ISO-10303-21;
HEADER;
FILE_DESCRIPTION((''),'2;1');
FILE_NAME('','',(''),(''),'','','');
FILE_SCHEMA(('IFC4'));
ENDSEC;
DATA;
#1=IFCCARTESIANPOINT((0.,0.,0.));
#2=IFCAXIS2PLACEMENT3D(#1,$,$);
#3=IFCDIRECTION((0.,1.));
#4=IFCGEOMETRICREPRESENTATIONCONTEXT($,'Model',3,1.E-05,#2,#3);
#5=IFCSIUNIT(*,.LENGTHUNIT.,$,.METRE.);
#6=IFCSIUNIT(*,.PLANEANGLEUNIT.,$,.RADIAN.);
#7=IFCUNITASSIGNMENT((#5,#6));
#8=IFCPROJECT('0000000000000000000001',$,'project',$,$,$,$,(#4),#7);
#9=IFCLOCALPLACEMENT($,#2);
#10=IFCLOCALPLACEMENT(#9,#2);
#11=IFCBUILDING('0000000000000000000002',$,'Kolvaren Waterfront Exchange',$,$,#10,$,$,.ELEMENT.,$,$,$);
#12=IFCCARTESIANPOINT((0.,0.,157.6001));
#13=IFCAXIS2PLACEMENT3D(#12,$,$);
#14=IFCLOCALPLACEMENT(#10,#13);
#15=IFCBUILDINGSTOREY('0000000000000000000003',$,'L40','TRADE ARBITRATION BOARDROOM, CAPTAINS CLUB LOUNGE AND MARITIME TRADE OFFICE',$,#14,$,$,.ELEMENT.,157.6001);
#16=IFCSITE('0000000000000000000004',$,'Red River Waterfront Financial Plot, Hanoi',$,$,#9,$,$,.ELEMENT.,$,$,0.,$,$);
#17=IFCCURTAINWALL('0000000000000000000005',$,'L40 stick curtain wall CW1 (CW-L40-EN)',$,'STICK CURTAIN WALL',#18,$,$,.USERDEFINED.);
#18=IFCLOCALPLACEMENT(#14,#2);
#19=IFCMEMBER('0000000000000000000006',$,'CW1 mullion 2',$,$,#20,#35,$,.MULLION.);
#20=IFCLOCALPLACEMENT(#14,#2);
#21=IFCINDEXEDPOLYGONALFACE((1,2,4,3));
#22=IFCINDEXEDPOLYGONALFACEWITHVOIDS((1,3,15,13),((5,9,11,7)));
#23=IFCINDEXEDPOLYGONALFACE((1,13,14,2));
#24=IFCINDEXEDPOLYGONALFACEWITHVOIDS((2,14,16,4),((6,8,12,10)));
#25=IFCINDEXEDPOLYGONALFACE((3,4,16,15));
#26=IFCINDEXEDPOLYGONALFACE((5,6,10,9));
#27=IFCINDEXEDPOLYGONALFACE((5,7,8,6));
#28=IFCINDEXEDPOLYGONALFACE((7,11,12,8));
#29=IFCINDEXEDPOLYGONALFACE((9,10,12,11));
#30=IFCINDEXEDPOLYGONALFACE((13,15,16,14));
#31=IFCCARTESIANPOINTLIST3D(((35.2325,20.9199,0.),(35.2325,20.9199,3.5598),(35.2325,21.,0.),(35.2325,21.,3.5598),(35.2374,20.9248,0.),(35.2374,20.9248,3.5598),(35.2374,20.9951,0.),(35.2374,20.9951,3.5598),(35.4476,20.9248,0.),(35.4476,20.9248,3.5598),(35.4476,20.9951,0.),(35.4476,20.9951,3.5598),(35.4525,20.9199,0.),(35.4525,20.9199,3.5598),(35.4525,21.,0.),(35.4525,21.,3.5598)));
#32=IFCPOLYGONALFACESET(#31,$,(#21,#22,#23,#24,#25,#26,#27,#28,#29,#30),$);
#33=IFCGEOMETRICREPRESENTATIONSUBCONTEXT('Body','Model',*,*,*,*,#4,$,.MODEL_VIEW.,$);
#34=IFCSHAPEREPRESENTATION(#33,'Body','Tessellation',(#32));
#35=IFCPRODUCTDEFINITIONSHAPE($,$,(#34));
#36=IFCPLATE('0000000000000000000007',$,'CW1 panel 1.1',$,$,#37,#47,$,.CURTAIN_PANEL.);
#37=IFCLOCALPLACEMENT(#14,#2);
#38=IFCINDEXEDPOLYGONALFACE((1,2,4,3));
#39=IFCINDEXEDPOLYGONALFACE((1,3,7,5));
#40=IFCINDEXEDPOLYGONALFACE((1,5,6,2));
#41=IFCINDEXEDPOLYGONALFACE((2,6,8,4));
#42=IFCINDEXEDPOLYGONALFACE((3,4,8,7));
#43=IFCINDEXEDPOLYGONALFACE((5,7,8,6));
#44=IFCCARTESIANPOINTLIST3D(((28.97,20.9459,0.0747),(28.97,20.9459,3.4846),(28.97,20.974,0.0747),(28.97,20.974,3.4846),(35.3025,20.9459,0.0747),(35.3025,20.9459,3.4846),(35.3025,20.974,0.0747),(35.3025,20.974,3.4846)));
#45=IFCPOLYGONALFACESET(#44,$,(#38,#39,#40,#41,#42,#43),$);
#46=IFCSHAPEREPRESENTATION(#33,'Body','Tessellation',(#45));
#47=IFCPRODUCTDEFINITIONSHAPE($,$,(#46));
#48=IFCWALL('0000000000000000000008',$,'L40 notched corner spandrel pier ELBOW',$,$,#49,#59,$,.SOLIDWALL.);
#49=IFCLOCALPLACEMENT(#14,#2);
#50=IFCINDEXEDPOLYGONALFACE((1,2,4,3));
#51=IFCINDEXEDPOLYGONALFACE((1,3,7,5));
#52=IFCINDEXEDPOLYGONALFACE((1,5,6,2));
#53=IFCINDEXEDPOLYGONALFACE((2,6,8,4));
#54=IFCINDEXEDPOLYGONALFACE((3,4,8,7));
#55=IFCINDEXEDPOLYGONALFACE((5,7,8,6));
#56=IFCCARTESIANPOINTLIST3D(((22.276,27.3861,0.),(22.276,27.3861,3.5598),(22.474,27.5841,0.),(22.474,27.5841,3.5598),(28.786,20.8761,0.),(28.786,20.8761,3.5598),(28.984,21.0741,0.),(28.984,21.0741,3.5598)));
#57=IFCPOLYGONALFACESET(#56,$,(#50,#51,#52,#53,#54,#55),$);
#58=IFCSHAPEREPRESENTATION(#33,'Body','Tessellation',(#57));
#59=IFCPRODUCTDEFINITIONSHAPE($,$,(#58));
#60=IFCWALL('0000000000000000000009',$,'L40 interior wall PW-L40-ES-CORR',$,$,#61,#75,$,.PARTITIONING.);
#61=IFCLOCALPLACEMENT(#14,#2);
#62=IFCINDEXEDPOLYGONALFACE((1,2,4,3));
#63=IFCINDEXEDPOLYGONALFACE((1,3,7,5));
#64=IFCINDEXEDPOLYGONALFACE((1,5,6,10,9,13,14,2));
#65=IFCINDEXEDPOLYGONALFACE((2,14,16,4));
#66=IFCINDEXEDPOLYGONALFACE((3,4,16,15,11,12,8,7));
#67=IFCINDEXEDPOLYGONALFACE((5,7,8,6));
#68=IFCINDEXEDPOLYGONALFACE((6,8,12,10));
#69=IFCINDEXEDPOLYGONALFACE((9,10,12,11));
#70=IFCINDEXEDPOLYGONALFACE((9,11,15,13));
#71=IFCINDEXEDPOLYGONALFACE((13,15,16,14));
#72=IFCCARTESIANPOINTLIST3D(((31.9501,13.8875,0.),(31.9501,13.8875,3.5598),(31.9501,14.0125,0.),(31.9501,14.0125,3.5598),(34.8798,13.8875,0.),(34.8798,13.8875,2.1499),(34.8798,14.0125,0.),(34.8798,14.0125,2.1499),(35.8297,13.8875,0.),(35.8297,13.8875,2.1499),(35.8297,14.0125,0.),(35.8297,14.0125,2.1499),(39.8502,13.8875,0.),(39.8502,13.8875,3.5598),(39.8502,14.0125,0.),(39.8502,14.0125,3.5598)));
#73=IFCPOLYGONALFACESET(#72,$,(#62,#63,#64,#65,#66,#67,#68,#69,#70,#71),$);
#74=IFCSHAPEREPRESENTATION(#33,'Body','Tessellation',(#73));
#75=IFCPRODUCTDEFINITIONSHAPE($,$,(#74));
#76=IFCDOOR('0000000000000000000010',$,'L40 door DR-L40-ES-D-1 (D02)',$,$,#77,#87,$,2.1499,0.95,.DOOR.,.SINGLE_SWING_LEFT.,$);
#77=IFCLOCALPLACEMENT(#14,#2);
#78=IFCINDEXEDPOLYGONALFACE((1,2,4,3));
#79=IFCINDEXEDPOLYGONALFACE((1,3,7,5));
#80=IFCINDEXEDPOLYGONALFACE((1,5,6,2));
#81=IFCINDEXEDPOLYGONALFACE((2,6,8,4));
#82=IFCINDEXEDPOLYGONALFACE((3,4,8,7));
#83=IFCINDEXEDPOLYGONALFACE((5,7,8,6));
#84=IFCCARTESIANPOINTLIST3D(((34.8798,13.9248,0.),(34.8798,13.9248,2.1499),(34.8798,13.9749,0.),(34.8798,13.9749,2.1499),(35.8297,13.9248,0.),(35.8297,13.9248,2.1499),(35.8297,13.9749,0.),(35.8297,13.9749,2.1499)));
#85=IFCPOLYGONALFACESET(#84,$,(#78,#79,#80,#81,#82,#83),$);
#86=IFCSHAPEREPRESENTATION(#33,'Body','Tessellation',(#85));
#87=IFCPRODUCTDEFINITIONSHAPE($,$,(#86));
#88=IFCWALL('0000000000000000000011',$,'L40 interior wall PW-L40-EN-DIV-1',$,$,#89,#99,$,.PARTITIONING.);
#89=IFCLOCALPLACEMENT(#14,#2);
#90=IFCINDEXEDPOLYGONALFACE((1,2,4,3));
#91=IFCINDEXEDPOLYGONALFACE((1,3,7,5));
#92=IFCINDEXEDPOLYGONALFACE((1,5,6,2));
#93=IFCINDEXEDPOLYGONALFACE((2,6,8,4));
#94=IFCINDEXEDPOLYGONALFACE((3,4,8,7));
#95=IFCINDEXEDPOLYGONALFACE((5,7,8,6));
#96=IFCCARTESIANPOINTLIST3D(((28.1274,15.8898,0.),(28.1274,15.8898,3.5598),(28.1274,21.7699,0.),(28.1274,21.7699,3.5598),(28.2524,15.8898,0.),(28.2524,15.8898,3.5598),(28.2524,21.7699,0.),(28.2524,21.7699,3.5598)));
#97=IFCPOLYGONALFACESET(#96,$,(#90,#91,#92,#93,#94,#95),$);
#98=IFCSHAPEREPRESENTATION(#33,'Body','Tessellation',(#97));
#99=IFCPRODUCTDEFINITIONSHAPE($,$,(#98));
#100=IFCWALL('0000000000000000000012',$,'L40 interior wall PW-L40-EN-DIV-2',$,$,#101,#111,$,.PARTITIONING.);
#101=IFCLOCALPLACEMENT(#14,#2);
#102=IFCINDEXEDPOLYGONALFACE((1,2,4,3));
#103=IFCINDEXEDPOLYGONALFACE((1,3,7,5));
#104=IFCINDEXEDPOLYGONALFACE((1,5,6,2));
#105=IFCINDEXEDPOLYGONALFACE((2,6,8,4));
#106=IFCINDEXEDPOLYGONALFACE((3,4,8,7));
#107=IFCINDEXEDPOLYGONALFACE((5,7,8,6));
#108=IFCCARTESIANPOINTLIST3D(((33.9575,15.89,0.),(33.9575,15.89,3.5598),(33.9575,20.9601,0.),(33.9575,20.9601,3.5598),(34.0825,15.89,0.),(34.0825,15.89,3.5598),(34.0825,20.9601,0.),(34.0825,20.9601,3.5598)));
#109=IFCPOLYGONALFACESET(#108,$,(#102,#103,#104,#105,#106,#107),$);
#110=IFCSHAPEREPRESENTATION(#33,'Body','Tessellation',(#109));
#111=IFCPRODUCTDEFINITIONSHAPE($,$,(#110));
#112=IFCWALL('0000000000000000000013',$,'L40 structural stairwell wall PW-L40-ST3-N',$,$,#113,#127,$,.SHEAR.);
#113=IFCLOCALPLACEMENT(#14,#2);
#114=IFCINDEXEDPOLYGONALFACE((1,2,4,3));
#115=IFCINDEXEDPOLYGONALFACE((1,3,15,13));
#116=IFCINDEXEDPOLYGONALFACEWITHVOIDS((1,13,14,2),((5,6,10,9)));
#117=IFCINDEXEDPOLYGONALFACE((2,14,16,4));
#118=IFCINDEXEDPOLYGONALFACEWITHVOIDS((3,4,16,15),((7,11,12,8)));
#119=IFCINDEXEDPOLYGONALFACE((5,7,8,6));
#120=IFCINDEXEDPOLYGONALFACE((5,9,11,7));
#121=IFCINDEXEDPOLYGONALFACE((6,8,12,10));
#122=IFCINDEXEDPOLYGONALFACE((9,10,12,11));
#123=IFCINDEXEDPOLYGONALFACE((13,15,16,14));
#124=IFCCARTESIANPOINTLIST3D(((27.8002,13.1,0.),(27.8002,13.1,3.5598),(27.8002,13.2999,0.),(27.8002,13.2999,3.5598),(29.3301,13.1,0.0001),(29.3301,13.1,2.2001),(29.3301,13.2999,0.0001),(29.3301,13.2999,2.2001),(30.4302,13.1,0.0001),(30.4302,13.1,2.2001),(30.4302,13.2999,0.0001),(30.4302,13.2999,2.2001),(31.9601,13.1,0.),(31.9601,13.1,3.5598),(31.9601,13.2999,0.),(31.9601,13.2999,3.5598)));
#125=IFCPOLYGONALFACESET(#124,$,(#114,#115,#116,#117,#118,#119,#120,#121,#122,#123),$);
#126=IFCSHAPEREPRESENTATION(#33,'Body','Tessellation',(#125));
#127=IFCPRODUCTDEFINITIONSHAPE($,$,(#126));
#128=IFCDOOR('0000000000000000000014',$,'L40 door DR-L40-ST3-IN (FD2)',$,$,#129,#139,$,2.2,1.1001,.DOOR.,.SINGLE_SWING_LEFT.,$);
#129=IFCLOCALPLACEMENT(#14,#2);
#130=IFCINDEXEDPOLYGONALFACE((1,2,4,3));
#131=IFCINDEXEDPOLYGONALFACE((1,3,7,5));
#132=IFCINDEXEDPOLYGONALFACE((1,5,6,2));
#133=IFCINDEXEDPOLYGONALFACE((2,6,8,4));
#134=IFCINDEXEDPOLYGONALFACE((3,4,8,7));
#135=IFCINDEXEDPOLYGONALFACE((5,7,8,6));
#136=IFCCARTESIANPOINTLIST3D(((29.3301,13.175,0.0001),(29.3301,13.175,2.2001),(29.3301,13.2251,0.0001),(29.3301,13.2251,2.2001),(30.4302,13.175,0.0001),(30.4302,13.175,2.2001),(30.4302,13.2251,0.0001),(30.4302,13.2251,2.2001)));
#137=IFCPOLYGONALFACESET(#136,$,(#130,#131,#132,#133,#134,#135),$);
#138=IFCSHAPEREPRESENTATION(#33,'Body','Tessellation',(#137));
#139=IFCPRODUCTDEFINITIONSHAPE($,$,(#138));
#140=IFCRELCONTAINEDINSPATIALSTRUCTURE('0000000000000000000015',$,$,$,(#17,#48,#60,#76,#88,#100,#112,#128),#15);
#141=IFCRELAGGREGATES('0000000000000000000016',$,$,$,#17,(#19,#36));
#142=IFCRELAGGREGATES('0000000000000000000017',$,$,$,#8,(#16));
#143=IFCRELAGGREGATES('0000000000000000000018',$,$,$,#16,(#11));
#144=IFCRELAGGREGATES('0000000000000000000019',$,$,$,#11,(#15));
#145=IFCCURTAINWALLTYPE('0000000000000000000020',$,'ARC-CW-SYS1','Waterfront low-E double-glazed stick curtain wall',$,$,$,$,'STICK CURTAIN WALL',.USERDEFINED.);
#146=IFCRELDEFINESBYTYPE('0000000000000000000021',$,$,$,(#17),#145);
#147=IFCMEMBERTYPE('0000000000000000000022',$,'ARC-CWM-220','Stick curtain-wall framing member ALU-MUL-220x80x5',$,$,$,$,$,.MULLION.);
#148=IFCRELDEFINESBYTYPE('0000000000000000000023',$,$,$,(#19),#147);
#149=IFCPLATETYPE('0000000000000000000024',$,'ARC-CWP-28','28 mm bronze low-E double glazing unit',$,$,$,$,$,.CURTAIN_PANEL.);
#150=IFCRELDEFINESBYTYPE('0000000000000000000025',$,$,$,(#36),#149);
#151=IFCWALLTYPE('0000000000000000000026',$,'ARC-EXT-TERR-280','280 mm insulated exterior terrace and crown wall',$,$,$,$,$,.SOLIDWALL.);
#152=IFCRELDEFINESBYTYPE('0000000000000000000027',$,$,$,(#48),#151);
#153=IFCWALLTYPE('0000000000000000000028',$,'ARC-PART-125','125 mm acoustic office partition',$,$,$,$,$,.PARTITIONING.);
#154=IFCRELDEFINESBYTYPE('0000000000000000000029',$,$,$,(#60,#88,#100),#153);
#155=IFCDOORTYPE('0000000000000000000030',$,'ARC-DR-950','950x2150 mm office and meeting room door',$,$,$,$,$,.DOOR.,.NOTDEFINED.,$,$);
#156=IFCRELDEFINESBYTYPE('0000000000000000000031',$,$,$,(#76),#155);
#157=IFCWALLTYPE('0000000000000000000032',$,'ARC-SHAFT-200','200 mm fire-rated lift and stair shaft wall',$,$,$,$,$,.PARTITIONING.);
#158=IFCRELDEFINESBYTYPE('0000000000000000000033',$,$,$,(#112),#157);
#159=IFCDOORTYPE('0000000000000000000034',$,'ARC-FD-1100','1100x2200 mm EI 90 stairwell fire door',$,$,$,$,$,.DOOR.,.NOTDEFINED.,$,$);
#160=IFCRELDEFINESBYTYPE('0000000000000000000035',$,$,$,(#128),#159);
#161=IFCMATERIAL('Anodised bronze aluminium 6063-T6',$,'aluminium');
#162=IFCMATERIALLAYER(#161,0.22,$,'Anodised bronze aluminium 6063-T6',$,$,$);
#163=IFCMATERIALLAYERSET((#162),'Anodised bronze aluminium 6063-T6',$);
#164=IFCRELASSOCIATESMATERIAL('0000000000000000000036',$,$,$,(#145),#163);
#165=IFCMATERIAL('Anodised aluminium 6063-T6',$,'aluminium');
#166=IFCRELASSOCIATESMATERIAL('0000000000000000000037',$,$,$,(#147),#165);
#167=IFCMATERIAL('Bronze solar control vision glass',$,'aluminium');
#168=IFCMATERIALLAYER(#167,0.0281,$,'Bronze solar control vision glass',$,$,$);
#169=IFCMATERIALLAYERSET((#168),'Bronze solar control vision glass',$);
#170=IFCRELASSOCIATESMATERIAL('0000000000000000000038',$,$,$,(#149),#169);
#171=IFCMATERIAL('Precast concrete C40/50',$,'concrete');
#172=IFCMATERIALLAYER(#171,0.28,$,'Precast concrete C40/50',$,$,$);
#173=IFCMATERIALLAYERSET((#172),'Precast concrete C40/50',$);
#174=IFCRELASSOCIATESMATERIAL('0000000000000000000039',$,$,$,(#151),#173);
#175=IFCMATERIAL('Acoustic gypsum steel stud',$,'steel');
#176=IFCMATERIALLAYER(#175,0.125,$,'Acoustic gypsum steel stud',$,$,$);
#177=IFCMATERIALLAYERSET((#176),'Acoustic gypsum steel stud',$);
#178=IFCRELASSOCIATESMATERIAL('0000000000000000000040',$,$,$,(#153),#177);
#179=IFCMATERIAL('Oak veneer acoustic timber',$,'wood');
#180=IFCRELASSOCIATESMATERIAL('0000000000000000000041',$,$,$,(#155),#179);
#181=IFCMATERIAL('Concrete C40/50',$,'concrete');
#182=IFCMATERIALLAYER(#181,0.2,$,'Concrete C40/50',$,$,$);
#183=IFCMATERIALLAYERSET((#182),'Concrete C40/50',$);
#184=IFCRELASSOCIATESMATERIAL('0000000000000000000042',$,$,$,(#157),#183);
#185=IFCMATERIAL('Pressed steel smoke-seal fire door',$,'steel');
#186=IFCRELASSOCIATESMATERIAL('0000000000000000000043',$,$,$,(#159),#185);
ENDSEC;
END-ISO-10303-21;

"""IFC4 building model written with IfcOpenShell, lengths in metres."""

from ifc_helpers import new_model, si_unit, direction, frame, frame_2d, origin, origin_with_axes, origin_2d, place, context, subcontext, project, spatial, rectangle, hollow_rectangle, extrude, source, transform, mapped, material, layer, layer_set, material_profile, profile_set, type_object, element, fill, aggregate, save


model = new_model("IFC4")

# Units and contexts
model_context = context("Model", 3, precision=1e-05, world=origin(), true_north=direction((0.0, 1.0)))
body_context = subcontext(model_context, "Body", "Model", "MODEL_VIEW")
ifc_project = project(units=[si_unit("LENGTHUNIT", "METRE"), si_unit("PLANEANGLEUNIT", "RADIAN")], contexts=[model_context])

# Site, building, storey
site_placement = place(None, origin())
site = spatial("IfcSite", under=ifc_project, at=site_placement, Name="Red River Waterfront Financial Plot, Hanoi", CompositionType="ELEMENT", RefElevation=0.0)
building_placement = place(site_placement, origin())
building = spatial("IfcBuilding", under=site, at=building_placement, Name="Kolvaren Waterfront Exchange", CompositionType="ELEMENT")
storey_placement = place(building_placement, frame((0.0, 0.0, 157.6001)))
storey = spatial("IfcBuildingStorey", under=building, at=storey_placement, Name="L40", Description="TRADE ARBITRATION BOARDROOM, CAPTAINS CLUB LOUNGE AND MARITIME TRADE OFFICE", CompositionType="ELEMENT", Elevation=157.6001)

# Curtain wall, member, plate
ifc_material_1 = material(Name="Anodised bronze aluminium 6063-T6", Category="aluminium")
ifc_layer_1 = layer(ifc_material_1, 0.22, Name="Anodised bronze aluminium 6063-T6")
ifc_layer_set_1 = layer_set([ifc_layer_1], Name="Anodised bronze aluminium 6063-T6")
curtain_wall_type = type_object("IfcCurtainWallType", Name="ARC-CW-SYS1", Description="Waterfront low-E double-glazed stick curtain wall", ElementType="STICK CURTAIN WALL", PredefinedType="USERDEFINED", material=ifc_layer_set_1)
curtain_wall_placement = place(storey_placement, origin())
curtain_wall = element("IfcCurtainWall", 1, at=curtain_wall_placement, inside=storey, type_object=curtain_wall_type, Name="L40 stick curtain wall CW1 (CW-L40-EN)", ObjectType="STICK CURTAIN WALL", PredefinedType="USERDEFINED")
ifc_material_2 = material(Name="Anodised aluminium 6063-T6", Category="aluminium")
ifc_material_profile_1 = material_profile(ifc_material_2, hollow_rectangle(XDim=0.0801, YDim=0.22, WallThickness=0.0049, at=origin_2d()), Name="ALU-MUL-220x80x5")
ifc_profile_set_1 = profile_set([ifc_material_profile_1], Name="Anodised aluminium 6063-T6")
member_type_1 = type_object("IfcMemberType", Name="ARC-CWM-220", Description="Stick curtain-wall framing member ALU-MUL-220x80x5", PredefinedType="MULLION", material=ifc_profile_set_1)
shared_shape_1 = source(origin_with_axes(), body_context, "Body", "SweptSolid", [
    extrude(hollow_rectangle(XDim=0.0801, YDim=0.22, WallThickness=0.0049, at=origin_2d()), origin(), (0.0, 0.0, 1.0), 3.5598),
])
member_1_placement = place(storey_placement, frame((35.3425, 20.96, 0.0), z_axis=(0.0, 0.0, 1.0), x_axis=(0.0, 1.0, 0.0)))
member_1 = element("IfcMember", 2, at=member_1_placement, type_object=member_type_1, Name="CW1 mullion 2", PredefinedType="MULLION", context=body_context, shape_type="MappedRepresentation", body=[
    mapped(shared_shape_1, transform((0.0, 0.0, 0.0), x_axis=(1.0, 0.0, 0.0), y_axis=(0.0, 1.0, 0.0), z_axis=(0.0, 0.0, 1.0), scale=1.0)),
])
ifc_material_3 = material(Name="Bronze solar control vision glass", Category="aluminium")
ifc_layer_2 = layer(ifc_material_3, 0.0281, Name="Bronze solar control vision glass")
ifc_layer_set_2 = layer_set([ifc_layer_2], Name="Bronze solar control vision glass")
plate_type = type_object("IfcPlateType", Name="ARC-CWP-28", Description="28 mm bronze low-E double glazing unit", PredefinedType="CURTAIN_PANEL", material=ifc_layer_set_2)
shared_shape_2 = source(origin_with_axes(), body_context, "Body", "SweptSolid", [
    extrude(rectangle(XDim=6.3325, YDim=0.0281, at=origin_2d()), origin(), (0.0, 0.0, 1.0), 3.4099),
])
plate_placement = place(storey_placement, frame((32.1362, 20.96, 0.0747), z_axis=(0.0, 0.0, 1.0), x_axis=(1.0, 0.0, 0.0)))
plate = element("IfcPlate", 3, at=plate_placement, type_object=plate_type, Name="CW1 panel 1.1", PredefinedType="CURTAIN_PANEL", context=body_context, shape_type="MappedRepresentation", body=[
    mapped(shared_shape_2, transform((0.0, 0.0, 0.0), x_axis=(1.0, 0.0, 0.0), y_axis=(0.0, 1.0, 0.0), z_axis=(0.0, 0.0, 1.0), scale=1.0)),
])
aggregate(curtain_wall, [member_1, plate])

# Wall
ifc_material_4 = material(Name="Precast concrete C40/50", Category="concrete")
ifc_layer_3 = layer(ifc_material_4, 0.28, Name="Precast concrete C40/50")
ifc_layer_set_3 = layer_set([ifc_layer_3], Name="Precast concrete C40/50")
wall_type_1 = type_object("IfcWallType", Name="ARC-EXT-TERR-280", Description="280 mm insulated exterior terrace and crown wall", PredefinedType="SOLIDWALL", material=ifc_layer_set_3)
wall_1_placement = place(storey_placement, frame((28.885, 20.9751, 0.0), z_axis=(0.0, 0.0, 1.0), x_axis=(-0.707107, 0.707107, 0.0)))
element("IfcWall", 4, at=wall_1_placement, inside=storey, type_object=wall_type_1, Name="L40 notched corner spandrel pier ELBOW", PredefinedType="SOLIDWALL", context=body_context, shape_type="SweptSolid", body=[
    extrude(rectangle(XDim=9.2065, YDim=0.28, at=frame_2d((4.6033, 0.0))), origin(), (0.0, 0.0, 1.0), 3.5598),
])

# Wall, opening, door
ifc_material_5 = material(Name="Acoustic gypsum steel stud", Category="steel")
ifc_layer_4 = layer(ifc_material_5, 0.125, Name="Acoustic gypsum steel stud")
ifc_layer_set_4 = layer_set([ifc_layer_4], Name="Acoustic gypsum steel stud")
wall_type_2 = type_object("IfcWallType", Name="ARC-PART-125", Description="125 mm acoustic office partition", PredefinedType="PARTITIONING", material=ifc_layer_set_4)
wall_2_placement = place(storey_placement, frame((31.95, 13.95, 0.0), z_axis=(0.0, 0.0, 1.0), x_axis=(1.0, 0.0, 0.0)))
wall_2 = element("IfcWall", 5, at=wall_2_placement, inside=storey, type_object=wall_type_2, Name="L40 interior wall PW-L40-ES-CORR", PredefinedType="PARTITIONING", context=body_context, shape_type="SweptSolid", body=[
    extrude(rectangle(XDim=7.9001, YDim=0.125, at=frame_2d((3.9502, 0.0))), origin(), (0.0, 0.0, 1.0), 3.5598),
])
opening_1_placement = place(wall_2_placement, frame((2.9297, 0.0, 0.0)))
opening_1 = element("IfcOpeningElement", 6, at=opening_1_placement, cuts=wall_2, PredefinedType="OPENING", context=body_context, shape_type="SweptSolid", body=[
    extrude(rectangle(XDim=0.95, YDim=2.1499, at=frame_2d((0.4751, 1.075))), frame((0.0, 0.0725, 0.0), z_axis=(0.0, -1.0, 0.0), x_axis=(1.0, 0.0, 0.0)), (0.0, 0.0, 1.0), 0.145),
])
ifc_material_6 = material(Name="Oak veneer acoustic timber", Category="wood")
door_type_1 = type_object("IfcDoorType", Name="ARC-DR-950", Description="950x2150 mm office and meeting room door", OperationType="NOTDEFINED", PredefinedType="DOOR", material=ifc_material_6)
door_1_placement = place(opening_1_placement, origin())
door_1 = element("IfcDoor", 7, at=door_1_placement, inside=storey, type_object=door_type_1, Name="L40 door DR-L40-ES-D-1 (D02)", OperationType="SINGLE_SWING_LEFT", OverallHeight=2.1499, OverallWidth=0.95, PredefinedType="DOOR", context=body_context, shape_type="SweptSolid", body=[
    extrude(rectangle(XDim=0.95, YDim=2.1499, at=frame_2d((0.4751, 1.075))), frame((0.0, 0.0249, 0.0), z_axis=(0.0, -1.0, 0.0), x_axis=(1.0, 0.0, 0.0)), (0.0, 0.0, 1.0), 0.05),
])
fill(opening_1, door_1)

# Walls
wall_3_placement = place(storey_placement, frame((28.1899, 15.8899, 0.0), z_axis=(0.0, 0.0, 1.0), x_axis=(0.0, 1.0, 0.0)))
element("IfcWall", 8, at=wall_3_placement, inside=storey, type_object=wall_type_2, Name="L40 interior wall PW-L40-EN-DIV-1", PredefinedType="PARTITIONING", context=body_context, shape_type="SweptSolid", body=[
    extrude(rectangle(XDim=5.8801, YDim=0.125, at=frame_2d((2.9399, 0.0))), origin(), (0.0, 0.0, 1.0), 3.5598),
])
wall_4_placement = place(storey_placement, frame((34.02, 15.8899, 0.0), z_axis=(0.0, 0.0, 1.0), x_axis=(0.0, 1.0, 0.0)))
element("IfcWall", 9, at=wall_4_placement, inside=storey, type_object=wall_type_2, Name="L40 interior wall PW-L40-EN-DIV-2", PredefinedType="PARTITIONING", context=body_context, shape_type="SweptSolid", body=[
    extrude(rectangle(XDim=5.0701, YDim=0.125, at=frame_2d((2.5352, 0.0))), origin(), (0.0, 0.0, 1.0), 3.5598),
])

# Wall, opening, door
ifc_material_7 = material(Name="Concrete C40/50", Category="concrete")
ifc_layer_5 = layer(ifc_material_7, 0.2, Name="Concrete C40/50")
ifc_layer_set_5 = layer_set([ifc_layer_5], Name="Concrete C40/50")
wall_type_3 = type_object("IfcWallType", Name="ARC-SHAFT-200", Description="200 mm fire-rated lift and stair shaft wall", PredefinedType="PARTITIONING", material=ifc_layer_set_5)
wall_5_placement = place(storey_placement, frame((27.8, 13.2, 0.0), z_axis=(0.0, 0.0, 1.0), x_axis=(1.0, 0.0, 0.0)))
wall_5 = element("IfcWall", 10, at=wall_5_placement, inside=storey, type_object=wall_type_3, Name="L40 structural stairwell wall PW-L40-ST3-N", PredefinedType="SHEAR", context=body_context, shape_type="SweptSolid", body=[
    extrude(rectangle(XDim=4.1599, YDim=0.2, at=frame_2d((2.0801, 0.0))), origin(), (0.0, 0.0, 1.0), 3.5598),
])
opening_2_placement = place(wall_5_placement, frame((1.53, 0.0, 0.0)))
opening_2 = element("IfcOpeningElement", 11, at=opening_2_placement, cuts=wall_5, PredefinedType="OPENING", context=body_context, shape_type="SweptSolid", body=[
    extrude(rectangle(XDim=1.1001, YDim=2.2, at=frame_2d((0.55, 1.1001))), frame((0.0, 0.1099, 0.0), z_axis=(0.0, -1.0, 0.0), x_axis=(1.0, 0.0, 0.0)), (0.0, 0.0, 1.0), 0.22),
])
ifc_material_8 = material(Name="Pressed steel smoke-seal fire door", Category="steel")
door_type_2 = type_object("IfcDoorType", Name="ARC-FD-1100", Description="1100x2200 mm EI 90 stairwell fire door", OperationType="NOTDEFINED", PredefinedType="DOOR", material=ifc_material_8)
door_2_placement = place(opening_2_placement, frame((1.1001, 0.0, 0.0), z_axis=(0.0, 0.0, 1.0), x_axis=(-1.0, 0.0, 0.0)))
door_2 = element("IfcDoor", 12, at=door_2_placement, inside=storey, type_object=door_type_2, Name="L40 door DR-L40-ST3-IN (FD2)", OperationType="SINGLE_SWING_LEFT", OverallHeight=2.2, OverallWidth=1.1001, PredefinedType="DOOR", context=body_context, shape_type="SweptSolid", body=[
    extrude(rectangle(XDim=1.1001, YDim=2.2, at=frame_2d((0.55, 1.1001))), frame((0.0, 0.0249, 0.0), z_axis=(0.0, -1.0, 0.0), x_axis=(1.0, 0.0, 0.0)), (0.0, 0.0, 1.0), 0.05),
])
fill(opening_2, door_2)

save(model, "model.ifc")
